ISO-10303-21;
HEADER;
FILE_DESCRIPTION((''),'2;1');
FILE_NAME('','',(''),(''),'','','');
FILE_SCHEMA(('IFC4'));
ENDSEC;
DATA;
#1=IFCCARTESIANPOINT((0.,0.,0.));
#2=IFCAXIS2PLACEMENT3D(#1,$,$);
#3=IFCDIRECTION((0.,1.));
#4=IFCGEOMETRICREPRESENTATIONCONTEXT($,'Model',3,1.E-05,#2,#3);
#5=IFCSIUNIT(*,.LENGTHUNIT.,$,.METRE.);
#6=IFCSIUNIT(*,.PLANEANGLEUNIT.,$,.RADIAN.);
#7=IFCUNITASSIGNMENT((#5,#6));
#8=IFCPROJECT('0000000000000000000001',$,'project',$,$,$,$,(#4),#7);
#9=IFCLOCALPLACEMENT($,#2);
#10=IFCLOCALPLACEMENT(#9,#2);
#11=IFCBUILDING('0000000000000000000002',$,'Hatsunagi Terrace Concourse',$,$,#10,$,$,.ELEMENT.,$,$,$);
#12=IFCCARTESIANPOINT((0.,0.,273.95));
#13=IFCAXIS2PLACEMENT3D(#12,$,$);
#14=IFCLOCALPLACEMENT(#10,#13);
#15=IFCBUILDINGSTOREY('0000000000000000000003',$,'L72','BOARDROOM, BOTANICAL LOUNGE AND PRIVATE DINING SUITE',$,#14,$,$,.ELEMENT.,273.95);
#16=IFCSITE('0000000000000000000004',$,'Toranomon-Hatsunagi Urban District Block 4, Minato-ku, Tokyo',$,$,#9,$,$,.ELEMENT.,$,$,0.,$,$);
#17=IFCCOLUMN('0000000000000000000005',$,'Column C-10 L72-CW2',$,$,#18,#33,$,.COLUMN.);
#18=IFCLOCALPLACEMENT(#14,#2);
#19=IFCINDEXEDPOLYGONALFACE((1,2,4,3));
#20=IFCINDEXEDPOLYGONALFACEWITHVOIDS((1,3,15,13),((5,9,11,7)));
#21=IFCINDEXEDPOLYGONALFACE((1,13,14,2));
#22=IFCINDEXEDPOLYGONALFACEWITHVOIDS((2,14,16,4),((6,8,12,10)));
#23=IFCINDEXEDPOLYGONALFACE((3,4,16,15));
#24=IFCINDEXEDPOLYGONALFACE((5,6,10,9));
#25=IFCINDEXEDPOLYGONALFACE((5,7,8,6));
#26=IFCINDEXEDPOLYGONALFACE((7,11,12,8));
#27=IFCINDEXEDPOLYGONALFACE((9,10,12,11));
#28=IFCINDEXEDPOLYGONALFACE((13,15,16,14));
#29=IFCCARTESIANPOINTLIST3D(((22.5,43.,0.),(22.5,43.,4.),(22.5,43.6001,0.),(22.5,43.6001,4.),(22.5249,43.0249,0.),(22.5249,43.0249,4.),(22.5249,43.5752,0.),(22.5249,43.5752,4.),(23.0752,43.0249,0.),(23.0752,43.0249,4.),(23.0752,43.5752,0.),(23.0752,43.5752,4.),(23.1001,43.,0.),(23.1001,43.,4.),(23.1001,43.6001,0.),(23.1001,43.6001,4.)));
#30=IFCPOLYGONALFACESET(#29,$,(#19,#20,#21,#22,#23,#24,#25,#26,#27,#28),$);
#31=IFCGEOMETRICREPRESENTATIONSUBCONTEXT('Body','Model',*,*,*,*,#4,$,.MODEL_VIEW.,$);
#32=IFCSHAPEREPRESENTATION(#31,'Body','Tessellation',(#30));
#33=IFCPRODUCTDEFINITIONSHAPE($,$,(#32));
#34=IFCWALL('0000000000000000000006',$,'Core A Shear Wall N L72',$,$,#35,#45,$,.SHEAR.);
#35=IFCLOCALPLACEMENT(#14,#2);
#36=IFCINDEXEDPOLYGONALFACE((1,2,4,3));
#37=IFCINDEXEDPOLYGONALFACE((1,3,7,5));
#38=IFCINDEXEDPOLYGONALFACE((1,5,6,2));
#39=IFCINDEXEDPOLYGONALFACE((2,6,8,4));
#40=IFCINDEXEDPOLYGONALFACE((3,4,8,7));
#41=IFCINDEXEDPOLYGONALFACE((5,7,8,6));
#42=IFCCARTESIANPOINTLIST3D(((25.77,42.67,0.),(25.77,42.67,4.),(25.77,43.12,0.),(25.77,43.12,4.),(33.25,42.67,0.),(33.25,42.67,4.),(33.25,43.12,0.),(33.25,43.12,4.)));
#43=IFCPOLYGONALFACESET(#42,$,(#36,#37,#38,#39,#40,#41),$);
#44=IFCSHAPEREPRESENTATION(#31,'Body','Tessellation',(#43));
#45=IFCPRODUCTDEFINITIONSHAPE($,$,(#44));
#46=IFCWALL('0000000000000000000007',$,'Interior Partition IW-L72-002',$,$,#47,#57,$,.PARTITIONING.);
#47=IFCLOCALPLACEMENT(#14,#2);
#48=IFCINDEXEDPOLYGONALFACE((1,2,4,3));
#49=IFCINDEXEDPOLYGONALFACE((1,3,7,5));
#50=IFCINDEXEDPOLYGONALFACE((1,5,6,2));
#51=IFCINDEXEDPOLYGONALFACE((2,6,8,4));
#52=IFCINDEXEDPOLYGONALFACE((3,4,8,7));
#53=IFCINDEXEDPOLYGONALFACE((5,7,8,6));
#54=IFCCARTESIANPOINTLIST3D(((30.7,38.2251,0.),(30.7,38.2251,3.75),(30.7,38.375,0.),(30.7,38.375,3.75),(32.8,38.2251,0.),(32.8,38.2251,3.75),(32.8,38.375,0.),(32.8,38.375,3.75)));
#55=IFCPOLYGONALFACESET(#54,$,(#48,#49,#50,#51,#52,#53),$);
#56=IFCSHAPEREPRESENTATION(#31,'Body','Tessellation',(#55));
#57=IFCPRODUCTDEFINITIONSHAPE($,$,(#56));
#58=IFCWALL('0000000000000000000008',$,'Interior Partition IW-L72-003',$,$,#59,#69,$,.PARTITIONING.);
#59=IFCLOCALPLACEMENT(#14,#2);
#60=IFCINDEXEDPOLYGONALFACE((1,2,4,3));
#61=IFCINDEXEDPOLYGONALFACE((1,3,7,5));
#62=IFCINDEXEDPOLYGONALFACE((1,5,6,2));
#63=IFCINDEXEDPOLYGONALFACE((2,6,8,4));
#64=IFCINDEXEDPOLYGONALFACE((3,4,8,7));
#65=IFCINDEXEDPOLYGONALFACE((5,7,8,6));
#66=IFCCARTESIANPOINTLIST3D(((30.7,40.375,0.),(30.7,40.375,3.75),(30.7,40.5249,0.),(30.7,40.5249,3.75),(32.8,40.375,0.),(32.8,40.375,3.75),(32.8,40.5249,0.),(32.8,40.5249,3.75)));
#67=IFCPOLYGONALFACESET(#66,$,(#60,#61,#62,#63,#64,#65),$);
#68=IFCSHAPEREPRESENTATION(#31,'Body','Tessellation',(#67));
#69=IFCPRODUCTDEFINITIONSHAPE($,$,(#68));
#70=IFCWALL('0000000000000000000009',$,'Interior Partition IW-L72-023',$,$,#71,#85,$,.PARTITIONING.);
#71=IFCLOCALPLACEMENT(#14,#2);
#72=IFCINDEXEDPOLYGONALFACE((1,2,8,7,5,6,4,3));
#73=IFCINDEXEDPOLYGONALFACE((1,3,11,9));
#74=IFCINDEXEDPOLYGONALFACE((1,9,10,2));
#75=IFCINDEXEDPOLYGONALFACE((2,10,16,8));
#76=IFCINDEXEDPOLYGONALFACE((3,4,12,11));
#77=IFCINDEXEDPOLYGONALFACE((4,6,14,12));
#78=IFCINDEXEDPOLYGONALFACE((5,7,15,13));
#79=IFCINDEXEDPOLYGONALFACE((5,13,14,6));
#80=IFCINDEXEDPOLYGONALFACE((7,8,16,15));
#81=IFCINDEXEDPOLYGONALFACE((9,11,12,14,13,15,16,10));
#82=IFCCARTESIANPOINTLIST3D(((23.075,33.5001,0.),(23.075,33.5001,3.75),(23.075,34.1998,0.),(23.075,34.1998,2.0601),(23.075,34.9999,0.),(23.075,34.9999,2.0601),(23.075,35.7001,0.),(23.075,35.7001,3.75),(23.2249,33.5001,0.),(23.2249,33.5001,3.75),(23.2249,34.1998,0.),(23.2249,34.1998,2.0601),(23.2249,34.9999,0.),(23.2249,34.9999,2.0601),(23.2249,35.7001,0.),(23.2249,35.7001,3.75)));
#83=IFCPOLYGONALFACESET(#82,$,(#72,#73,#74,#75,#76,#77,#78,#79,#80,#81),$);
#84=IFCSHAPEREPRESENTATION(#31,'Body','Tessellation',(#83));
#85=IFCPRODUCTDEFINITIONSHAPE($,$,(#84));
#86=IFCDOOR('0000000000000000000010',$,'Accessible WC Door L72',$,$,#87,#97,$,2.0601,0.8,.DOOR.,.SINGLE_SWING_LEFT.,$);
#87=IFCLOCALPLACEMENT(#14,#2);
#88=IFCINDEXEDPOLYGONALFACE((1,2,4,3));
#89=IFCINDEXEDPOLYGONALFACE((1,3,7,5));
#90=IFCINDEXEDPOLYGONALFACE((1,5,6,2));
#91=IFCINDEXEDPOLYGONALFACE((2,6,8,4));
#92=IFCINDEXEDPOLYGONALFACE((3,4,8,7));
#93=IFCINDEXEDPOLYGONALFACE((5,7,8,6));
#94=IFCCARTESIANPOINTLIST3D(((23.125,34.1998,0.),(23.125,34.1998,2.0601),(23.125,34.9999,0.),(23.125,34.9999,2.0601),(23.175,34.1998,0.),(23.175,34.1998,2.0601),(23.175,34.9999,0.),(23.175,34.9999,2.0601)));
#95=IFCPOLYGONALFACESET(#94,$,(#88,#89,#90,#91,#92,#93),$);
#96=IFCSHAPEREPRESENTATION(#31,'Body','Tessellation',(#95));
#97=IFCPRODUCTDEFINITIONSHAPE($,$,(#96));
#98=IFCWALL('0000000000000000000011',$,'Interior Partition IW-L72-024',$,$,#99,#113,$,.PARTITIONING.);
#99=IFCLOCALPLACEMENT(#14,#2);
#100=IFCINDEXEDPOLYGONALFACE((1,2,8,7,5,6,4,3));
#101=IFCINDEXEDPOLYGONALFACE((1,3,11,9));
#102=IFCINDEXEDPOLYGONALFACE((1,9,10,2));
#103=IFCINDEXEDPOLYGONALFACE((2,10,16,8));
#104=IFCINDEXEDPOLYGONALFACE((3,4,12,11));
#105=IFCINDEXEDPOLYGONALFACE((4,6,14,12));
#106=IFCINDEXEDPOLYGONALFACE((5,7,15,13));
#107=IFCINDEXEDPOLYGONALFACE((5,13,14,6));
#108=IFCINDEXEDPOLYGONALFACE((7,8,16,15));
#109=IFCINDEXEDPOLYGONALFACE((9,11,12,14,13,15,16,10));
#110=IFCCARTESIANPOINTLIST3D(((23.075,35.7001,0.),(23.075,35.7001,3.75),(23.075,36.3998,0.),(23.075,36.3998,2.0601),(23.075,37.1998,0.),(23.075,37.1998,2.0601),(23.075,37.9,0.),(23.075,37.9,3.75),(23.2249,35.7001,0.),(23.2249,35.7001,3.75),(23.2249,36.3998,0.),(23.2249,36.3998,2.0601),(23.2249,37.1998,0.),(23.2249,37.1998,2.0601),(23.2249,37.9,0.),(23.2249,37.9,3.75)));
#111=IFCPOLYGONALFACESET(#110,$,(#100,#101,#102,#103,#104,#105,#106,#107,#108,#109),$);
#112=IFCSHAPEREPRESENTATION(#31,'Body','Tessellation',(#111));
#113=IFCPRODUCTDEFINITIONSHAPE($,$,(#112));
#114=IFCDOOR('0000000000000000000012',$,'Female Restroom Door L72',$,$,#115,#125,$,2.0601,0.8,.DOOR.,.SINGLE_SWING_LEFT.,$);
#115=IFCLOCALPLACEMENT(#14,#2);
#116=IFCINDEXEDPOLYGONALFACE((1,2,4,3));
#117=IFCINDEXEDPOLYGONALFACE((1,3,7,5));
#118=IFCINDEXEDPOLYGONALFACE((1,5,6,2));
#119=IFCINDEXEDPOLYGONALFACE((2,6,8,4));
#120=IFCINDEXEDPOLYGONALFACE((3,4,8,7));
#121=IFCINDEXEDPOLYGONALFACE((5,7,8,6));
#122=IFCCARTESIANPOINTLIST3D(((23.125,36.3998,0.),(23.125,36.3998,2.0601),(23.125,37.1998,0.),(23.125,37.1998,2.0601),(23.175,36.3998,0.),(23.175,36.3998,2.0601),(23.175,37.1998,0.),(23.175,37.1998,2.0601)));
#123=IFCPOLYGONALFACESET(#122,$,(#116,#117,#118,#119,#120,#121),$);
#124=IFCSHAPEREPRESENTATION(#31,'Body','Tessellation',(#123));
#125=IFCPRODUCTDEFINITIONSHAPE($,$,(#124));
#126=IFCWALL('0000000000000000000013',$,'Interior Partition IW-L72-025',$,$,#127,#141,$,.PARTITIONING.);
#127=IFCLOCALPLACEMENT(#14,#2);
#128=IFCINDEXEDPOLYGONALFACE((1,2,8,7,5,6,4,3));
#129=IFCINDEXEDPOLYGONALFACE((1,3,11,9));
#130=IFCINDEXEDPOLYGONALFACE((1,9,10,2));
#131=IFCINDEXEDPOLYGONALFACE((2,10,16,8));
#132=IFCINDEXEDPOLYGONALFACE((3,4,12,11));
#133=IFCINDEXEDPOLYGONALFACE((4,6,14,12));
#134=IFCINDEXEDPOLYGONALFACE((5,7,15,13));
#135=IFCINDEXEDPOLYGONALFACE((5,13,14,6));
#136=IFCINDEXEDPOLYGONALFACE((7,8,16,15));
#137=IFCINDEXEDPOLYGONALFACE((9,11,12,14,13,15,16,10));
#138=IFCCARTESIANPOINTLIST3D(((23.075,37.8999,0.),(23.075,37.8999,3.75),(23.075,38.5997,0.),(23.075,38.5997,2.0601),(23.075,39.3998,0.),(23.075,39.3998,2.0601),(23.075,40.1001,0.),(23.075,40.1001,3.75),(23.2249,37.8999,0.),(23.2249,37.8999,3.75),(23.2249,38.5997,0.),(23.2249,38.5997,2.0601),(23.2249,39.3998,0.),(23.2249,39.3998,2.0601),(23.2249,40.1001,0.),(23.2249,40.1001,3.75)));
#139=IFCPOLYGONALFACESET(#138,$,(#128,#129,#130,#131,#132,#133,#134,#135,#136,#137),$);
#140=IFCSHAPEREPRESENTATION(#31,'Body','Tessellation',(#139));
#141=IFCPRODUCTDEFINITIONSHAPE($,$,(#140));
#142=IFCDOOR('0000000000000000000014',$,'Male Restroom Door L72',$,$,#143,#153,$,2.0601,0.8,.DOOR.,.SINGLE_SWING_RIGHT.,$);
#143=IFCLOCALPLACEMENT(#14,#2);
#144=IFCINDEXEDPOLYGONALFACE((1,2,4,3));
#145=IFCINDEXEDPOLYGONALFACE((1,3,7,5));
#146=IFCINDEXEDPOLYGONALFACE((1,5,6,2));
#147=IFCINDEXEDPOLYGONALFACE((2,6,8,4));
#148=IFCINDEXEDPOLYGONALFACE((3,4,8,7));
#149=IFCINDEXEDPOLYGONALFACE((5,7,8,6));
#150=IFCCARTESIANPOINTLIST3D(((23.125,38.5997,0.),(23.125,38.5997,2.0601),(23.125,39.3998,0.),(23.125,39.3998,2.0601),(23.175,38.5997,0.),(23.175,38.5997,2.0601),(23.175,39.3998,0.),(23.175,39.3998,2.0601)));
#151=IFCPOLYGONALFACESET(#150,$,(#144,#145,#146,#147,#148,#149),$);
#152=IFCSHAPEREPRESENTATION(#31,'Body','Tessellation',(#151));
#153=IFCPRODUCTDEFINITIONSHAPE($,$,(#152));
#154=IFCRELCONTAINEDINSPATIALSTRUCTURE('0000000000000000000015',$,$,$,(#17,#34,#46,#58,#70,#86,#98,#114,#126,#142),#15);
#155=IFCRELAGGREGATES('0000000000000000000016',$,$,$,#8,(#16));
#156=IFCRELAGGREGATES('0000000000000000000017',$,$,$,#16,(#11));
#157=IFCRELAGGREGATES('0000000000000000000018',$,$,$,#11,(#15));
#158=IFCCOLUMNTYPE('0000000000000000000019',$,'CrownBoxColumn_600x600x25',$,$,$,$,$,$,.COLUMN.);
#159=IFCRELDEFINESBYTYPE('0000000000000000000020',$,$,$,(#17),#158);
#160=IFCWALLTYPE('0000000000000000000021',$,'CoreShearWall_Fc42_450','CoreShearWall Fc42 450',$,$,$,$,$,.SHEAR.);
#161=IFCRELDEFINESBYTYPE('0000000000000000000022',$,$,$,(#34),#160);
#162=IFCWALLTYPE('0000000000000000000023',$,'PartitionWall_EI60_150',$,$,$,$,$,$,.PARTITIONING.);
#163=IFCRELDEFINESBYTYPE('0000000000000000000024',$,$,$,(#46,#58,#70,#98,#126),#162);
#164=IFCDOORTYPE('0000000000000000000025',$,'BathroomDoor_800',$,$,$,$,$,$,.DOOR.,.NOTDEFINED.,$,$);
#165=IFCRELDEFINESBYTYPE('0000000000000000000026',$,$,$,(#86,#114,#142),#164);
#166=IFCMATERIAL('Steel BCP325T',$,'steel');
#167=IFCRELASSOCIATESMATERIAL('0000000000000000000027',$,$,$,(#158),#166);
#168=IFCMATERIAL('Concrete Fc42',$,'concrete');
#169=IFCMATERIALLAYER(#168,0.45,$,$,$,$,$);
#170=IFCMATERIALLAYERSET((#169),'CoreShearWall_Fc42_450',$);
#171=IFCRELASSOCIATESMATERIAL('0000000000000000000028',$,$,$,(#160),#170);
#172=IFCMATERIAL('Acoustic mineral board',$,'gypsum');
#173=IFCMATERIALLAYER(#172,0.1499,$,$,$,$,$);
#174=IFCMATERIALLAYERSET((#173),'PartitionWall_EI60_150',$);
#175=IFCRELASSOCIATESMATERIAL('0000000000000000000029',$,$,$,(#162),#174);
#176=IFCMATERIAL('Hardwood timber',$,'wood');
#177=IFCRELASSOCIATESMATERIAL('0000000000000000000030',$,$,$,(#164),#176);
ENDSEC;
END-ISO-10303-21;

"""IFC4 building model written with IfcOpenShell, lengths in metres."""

from ifc_helpers import new_model, si_unit, direction, frame, frame_2d, origin, origin_2d, place, context, subcontext, project, spatial, rectangle, hollow_rectangle, extrude, material, layer, layer_set, material_profile, profile_set, type_object, element, fill, save


model = new_model("IFC4")

# Units and contexts
model_context = context("Model", 3, precision=1e-05, world=origin(), true_north=direction((0.0, 1.0)))
body_context = subcontext(model_context, "Body", "Model", "MODEL_VIEW")
ifc_project = project(units=[si_unit("LENGTHUNIT", "METRE"), si_unit("PLANEANGLEUNIT", "RADIAN")], contexts=[model_context])

# Site, building, storey
site_placement = place(None, origin())
site = spatial("IfcSite", under=ifc_project, at=site_placement, Name="Toranomon-Hatsunagi Urban District Block 4, Minato-ku, Tokyo", CompositionType="ELEMENT", RefElevation=0.0)
building_placement = place(site_placement, origin())
building = spatial("IfcBuilding", under=site, at=building_placement, Name="Hatsunagi Terrace Concourse", CompositionType="ELEMENT")
storey_placement = place(building_placement, frame((0.0, 0.0, 273.95)))
storey = spatial("IfcBuildingStorey", under=building, at=storey_placement, Name="L72", Description="BOARDROOM, BOTANICAL LOUNGE AND PRIVATE DINING SUITE", CompositionType="ELEMENT", Elevation=273.95)

# Column
ifc_material_1 = material(Name="Steel BCP325T", Category="steel")
ifc_material_profile = material_profile(ifc_material_1, hollow_rectangle(XDim=0.6001, YDim=0.6001, WallThickness=0.0249, at=origin_2d()), Name="BCP-600x600x25")
ifc_profile_set = profile_set([ifc_material_profile], Name="Steel BCP325T")
column_type = type_object("IfcColumnType", Name="CrownBoxColumn_600x600x25", PredefinedType="COLUMN", material=ifc_profile_set)
column_placement = place(storey_placement, frame((22.8, 43.3, 0.0), z_axis=(0.0, 0.0, 1.0), x_axis=(1.0, 0.0, 0.0)))
element("IfcColumn", 1, at=column_placement, inside=storey, type_object=column_type, Name="Column C-10 L72-CW2", PredefinedType="COLUMN", context=body_context, shape_type="SweptSolid", body=[
    extrude(hollow_rectangle(XDim=0.6001, YDim=0.6001, WallThickness=0.0249, at=origin_2d()), origin(), (0.0, 0.0, 1.0), 4.0),
])

# Walls
ifc_material_2 = material(Name="Concrete Fc42", Category="concrete")
ifc_layer_1 = layer(ifc_material_2, 0.45)
ifc_layer_set_1 = layer_set([ifc_layer_1], Name="CoreShearWall_Fc42_450")
wall_type_1 = type_object("IfcWallType", Name="CoreShearWall_Fc42_450", Description="CoreShearWall Fc42 450", PredefinedType="SHEAR", material=ifc_layer_set_1)
wall_1_placement = place(storey_placement, frame((25.77, 42.895, 0.0), z_axis=(0.0, 0.0, 1.0), x_axis=(1.0, 0.0, 0.0)))
element("IfcWall", 2, at=wall_1_placement, inside=storey, type_object=wall_type_1, Name="Core A Shear Wall N L72", PredefinedType="SHEAR", context=body_context, shape_type="SweptSolid", body=[
    extrude(rectangle(XDim=7.48, YDim=0.45, at=frame_2d((3.74, 0.0))), origin(), (0.0, 0.0, 1.0), 4.0),
])
ifc_material_3 = material(Name="Acoustic mineral board", Category="gypsum")
ifc_layer_2 = layer(ifc_material_3, 0.1499)
ifc_layer_set_2 = layer_set([ifc_layer_2], Name="PartitionWall_EI60_150")
wall_type_2 = type_object("IfcWallType", Name="PartitionWall_EI60_150", PredefinedType="PARTITIONING", material=ifc_layer_set_2)
for number, where, z_axis, x_axis, name in (
    (3, (30.7, 38.3, 0.0), (0.0, 0.0, 1.0), (1.0, 0.0, 0.0), "Interior Partition IW-L72-002"),
    (4, (30.7, 40.45, 0.0), (0.0, 0.0, 1.0), (1.0, 0.0, 0.0), "Interior Partition IW-L72-003"),
):
    element("IfcWall", number, at=place(storey_placement, frame(where, z_axis=z_axis, x_axis=x_axis)), inside=storey, type_object=wall_type_2, Name=name, PredefinedType="PARTITIONING", context=body_context, shape_type="SweptSolid", body=[
        extrude(rectangle(XDim=2.1001, YDim=0.1499, at=frame_2d((1.05, 0.0))), origin(), (0.0, 0.0, 1.0), 3.75),
    ])

# Walls, openings, doors
wall_2_placement = place(storey_placement, frame((23.1499, 33.5, 0.0), z_axis=(0.0, 0.0, 1.0), x_axis=(0.0, 1.0, 0.0)))
wall_2 = element("IfcWall", 5, at=wall_2_placement, inside=storey, type_object=wall_type_2, Name="Interior Partition IW-L72-023", PredefinedType="PARTITIONING", context=body_context, shape_type="SweptSolid", body=[
    extrude(rectangle(XDim=2.2, YDim=0.1499, at=frame_2d((1.1001, 0.0))), origin(), (0.0, 0.0, 1.0), 3.75),
])
opening_1_placement = place(wall_2_placement, frame((0.7, 0.0, 0.0)))
opening_1 = element("IfcOpeningElement", 6, at=opening_1_placement, cuts=wall_2, PredefinedType="OPENING", context=body_context, shape_type="SweptSolid", body=[
    extrude(rectangle(XDim=0.8, YDim=2.0601, at=frame_2d((0.3999, 1.03))), frame((0.0, 0.085, 0.0), z_axis=(0.0, -1.0, 0.0), x_axis=(1.0, 0.0, 0.0)), (0.0, 0.0, 1.0), 0.1699),
])
ifc_material_4 = material(Name="Hardwood timber", Category="wood")
door_type_1 = type_object("IfcDoorType", Name="BathroomDoor_800", OperationType="NOTDEFINED", PredefinedType="DOOR", material=ifc_material_4)
door_1_placement = place(opening_1_placement, origin())
door_1 = element("IfcDoor", 7, at=door_1_placement, inside=storey, type_object=door_type_1, Name="Accessible WC Door L72", OperationType="SINGLE_SWING_LEFT", OverallHeight=2.0601, OverallWidth=0.8, PredefinedType="DOOR", context=body_context, shape_type="SweptSolid", body=[
    extrude(rectangle(XDim=0.8, YDim=2.0601, at=frame_2d((0.3999, 1.03))), frame((0.0, 0.0249, 0.0), z_axis=(0.0, -1.0, 0.0), x_axis=(1.0, 0.0, 0.0)), (0.0, 0.0, 1.0), 0.05),
])
fill(opening_1, door_1)
wall_3_placement = place(storey_placement, frame((23.1499, 35.7, 0.0), z_axis=(0.0, 0.0, 1.0), x_axis=(0.0, 1.0, 0.0)))
wall_3 = element("IfcWall", 8, at=wall_3_placement, inside=storey, type_object=wall_type_2, Name="Interior Partition IW-L72-024", PredefinedType="PARTITIONING", context=body_context, shape_type="SweptSolid", body=[
    extrude(rectangle(XDim=2.2, YDim=0.1499, at=frame_2d((1.1001, 0.0))), origin(), (0.0, 0.0, 1.0), 3.75),
])
opening_2_placement = place(wall_3_placement, frame((0.7, 0.0, 0.0)))
opening_2 = element("IfcOpeningElement", 9, at=opening_2_placement, cuts=wall_3, PredefinedType="OPENING", context=body_context, shape_type="SweptSolid", body=[
    extrude(rectangle(XDim=0.8, YDim=2.0601, at=frame_2d((0.3999, 1.03))), frame((0.0, 0.085, 0.0), z_axis=(0.0, -1.0, 0.0), x_axis=(1.0, 0.0, 0.0)), (0.0, 0.0, 1.0), 0.1699),
])
door_2_placement = place(opening_2_placement, origin())
door_2 = element("IfcDoor", 10, at=door_2_placement, inside=storey, type_object=door_type_1, Name="Female Restroom Door L72", OperationType="SINGLE_SWING_LEFT", OverallHeight=2.0601, OverallWidth=0.8, PredefinedType="DOOR", context=body_context, shape_type="SweptSolid", body=[
    extrude(rectangle(XDim=0.8, YDim=2.0601, at=frame_2d((0.3999, 1.03))), frame((0.0, 0.0249, 0.0), z_axis=(0.0, -1.0, 0.0), x_axis=(1.0, 0.0, 0.0)), (0.0, 0.0, 1.0), 0.05),
])
fill(opening_2, door_2)
wall_4_placement = place(storey_placement, frame((23.1499, 37.8999, 0.0), z_axis=(0.0, 0.0, 1.0), x_axis=(0.0, 1.0, 0.0)))
wall_4 = element("IfcWall", 11, at=wall_4_placement, inside=storey, type_object=wall_type_2, Name="Interior Partition IW-L72-025", PredefinedType="PARTITIONING", context=body_context, shape_type="SweptSolid", body=[
    extrude(rectangle(XDim=2.2002, YDim=0.1499, at=frame_2d((1.1001, 0.0))), origin(), (0.0, 0.0, 1.0), 3.75),
])
opening_3_placement = place(wall_4_placement, frame((0.7, 0.0, 0.0)))
opening_3 = element("IfcOpeningElement", 12, at=opening_3_placement, cuts=wall_4, PredefinedType="OPENING", context=body_context, shape_type="SweptSolid", body=[
    extrude(rectangle(XDim=0.8, YDim=2.0601, at=frame_2d((0.3999, 1.03))), frame((0.0, 0.085, 0.0), z_axis=(0.0, -1.0, 0.0), x_axis=(1.0, 0.0, 0.0)), (0.0, 0.0, 1.0), 0.1699),
])
door_3_placement = place(opening_3_placement, origin())
door_3 = element("IfcDoor", 13, at=door_3_placement, inside=storey, type_object=door_type_1, Name="Male Restroom Door L72", OperationType="SINGLE_SWING_RIGHT", OverallHeight=2.0601, OverallWidth=0.8, PredefinedType="DOOR", context=body_context, shape_type="SweptSolid", body=[
    extrude(rectangle(XDim=0.8, YDim=2.0601, at=frame_2d((0.3999, 1.03))), frame((0.0, 0.0249, 0.0), z_axis=(0.0, -1.0, 0.0), x_axis=(1.0, 0.0, 0.0)), (0.0, 0.0, 1.0), 0.05),
])
fill(opening_3, door_3)

save(model, "model.ifc")
